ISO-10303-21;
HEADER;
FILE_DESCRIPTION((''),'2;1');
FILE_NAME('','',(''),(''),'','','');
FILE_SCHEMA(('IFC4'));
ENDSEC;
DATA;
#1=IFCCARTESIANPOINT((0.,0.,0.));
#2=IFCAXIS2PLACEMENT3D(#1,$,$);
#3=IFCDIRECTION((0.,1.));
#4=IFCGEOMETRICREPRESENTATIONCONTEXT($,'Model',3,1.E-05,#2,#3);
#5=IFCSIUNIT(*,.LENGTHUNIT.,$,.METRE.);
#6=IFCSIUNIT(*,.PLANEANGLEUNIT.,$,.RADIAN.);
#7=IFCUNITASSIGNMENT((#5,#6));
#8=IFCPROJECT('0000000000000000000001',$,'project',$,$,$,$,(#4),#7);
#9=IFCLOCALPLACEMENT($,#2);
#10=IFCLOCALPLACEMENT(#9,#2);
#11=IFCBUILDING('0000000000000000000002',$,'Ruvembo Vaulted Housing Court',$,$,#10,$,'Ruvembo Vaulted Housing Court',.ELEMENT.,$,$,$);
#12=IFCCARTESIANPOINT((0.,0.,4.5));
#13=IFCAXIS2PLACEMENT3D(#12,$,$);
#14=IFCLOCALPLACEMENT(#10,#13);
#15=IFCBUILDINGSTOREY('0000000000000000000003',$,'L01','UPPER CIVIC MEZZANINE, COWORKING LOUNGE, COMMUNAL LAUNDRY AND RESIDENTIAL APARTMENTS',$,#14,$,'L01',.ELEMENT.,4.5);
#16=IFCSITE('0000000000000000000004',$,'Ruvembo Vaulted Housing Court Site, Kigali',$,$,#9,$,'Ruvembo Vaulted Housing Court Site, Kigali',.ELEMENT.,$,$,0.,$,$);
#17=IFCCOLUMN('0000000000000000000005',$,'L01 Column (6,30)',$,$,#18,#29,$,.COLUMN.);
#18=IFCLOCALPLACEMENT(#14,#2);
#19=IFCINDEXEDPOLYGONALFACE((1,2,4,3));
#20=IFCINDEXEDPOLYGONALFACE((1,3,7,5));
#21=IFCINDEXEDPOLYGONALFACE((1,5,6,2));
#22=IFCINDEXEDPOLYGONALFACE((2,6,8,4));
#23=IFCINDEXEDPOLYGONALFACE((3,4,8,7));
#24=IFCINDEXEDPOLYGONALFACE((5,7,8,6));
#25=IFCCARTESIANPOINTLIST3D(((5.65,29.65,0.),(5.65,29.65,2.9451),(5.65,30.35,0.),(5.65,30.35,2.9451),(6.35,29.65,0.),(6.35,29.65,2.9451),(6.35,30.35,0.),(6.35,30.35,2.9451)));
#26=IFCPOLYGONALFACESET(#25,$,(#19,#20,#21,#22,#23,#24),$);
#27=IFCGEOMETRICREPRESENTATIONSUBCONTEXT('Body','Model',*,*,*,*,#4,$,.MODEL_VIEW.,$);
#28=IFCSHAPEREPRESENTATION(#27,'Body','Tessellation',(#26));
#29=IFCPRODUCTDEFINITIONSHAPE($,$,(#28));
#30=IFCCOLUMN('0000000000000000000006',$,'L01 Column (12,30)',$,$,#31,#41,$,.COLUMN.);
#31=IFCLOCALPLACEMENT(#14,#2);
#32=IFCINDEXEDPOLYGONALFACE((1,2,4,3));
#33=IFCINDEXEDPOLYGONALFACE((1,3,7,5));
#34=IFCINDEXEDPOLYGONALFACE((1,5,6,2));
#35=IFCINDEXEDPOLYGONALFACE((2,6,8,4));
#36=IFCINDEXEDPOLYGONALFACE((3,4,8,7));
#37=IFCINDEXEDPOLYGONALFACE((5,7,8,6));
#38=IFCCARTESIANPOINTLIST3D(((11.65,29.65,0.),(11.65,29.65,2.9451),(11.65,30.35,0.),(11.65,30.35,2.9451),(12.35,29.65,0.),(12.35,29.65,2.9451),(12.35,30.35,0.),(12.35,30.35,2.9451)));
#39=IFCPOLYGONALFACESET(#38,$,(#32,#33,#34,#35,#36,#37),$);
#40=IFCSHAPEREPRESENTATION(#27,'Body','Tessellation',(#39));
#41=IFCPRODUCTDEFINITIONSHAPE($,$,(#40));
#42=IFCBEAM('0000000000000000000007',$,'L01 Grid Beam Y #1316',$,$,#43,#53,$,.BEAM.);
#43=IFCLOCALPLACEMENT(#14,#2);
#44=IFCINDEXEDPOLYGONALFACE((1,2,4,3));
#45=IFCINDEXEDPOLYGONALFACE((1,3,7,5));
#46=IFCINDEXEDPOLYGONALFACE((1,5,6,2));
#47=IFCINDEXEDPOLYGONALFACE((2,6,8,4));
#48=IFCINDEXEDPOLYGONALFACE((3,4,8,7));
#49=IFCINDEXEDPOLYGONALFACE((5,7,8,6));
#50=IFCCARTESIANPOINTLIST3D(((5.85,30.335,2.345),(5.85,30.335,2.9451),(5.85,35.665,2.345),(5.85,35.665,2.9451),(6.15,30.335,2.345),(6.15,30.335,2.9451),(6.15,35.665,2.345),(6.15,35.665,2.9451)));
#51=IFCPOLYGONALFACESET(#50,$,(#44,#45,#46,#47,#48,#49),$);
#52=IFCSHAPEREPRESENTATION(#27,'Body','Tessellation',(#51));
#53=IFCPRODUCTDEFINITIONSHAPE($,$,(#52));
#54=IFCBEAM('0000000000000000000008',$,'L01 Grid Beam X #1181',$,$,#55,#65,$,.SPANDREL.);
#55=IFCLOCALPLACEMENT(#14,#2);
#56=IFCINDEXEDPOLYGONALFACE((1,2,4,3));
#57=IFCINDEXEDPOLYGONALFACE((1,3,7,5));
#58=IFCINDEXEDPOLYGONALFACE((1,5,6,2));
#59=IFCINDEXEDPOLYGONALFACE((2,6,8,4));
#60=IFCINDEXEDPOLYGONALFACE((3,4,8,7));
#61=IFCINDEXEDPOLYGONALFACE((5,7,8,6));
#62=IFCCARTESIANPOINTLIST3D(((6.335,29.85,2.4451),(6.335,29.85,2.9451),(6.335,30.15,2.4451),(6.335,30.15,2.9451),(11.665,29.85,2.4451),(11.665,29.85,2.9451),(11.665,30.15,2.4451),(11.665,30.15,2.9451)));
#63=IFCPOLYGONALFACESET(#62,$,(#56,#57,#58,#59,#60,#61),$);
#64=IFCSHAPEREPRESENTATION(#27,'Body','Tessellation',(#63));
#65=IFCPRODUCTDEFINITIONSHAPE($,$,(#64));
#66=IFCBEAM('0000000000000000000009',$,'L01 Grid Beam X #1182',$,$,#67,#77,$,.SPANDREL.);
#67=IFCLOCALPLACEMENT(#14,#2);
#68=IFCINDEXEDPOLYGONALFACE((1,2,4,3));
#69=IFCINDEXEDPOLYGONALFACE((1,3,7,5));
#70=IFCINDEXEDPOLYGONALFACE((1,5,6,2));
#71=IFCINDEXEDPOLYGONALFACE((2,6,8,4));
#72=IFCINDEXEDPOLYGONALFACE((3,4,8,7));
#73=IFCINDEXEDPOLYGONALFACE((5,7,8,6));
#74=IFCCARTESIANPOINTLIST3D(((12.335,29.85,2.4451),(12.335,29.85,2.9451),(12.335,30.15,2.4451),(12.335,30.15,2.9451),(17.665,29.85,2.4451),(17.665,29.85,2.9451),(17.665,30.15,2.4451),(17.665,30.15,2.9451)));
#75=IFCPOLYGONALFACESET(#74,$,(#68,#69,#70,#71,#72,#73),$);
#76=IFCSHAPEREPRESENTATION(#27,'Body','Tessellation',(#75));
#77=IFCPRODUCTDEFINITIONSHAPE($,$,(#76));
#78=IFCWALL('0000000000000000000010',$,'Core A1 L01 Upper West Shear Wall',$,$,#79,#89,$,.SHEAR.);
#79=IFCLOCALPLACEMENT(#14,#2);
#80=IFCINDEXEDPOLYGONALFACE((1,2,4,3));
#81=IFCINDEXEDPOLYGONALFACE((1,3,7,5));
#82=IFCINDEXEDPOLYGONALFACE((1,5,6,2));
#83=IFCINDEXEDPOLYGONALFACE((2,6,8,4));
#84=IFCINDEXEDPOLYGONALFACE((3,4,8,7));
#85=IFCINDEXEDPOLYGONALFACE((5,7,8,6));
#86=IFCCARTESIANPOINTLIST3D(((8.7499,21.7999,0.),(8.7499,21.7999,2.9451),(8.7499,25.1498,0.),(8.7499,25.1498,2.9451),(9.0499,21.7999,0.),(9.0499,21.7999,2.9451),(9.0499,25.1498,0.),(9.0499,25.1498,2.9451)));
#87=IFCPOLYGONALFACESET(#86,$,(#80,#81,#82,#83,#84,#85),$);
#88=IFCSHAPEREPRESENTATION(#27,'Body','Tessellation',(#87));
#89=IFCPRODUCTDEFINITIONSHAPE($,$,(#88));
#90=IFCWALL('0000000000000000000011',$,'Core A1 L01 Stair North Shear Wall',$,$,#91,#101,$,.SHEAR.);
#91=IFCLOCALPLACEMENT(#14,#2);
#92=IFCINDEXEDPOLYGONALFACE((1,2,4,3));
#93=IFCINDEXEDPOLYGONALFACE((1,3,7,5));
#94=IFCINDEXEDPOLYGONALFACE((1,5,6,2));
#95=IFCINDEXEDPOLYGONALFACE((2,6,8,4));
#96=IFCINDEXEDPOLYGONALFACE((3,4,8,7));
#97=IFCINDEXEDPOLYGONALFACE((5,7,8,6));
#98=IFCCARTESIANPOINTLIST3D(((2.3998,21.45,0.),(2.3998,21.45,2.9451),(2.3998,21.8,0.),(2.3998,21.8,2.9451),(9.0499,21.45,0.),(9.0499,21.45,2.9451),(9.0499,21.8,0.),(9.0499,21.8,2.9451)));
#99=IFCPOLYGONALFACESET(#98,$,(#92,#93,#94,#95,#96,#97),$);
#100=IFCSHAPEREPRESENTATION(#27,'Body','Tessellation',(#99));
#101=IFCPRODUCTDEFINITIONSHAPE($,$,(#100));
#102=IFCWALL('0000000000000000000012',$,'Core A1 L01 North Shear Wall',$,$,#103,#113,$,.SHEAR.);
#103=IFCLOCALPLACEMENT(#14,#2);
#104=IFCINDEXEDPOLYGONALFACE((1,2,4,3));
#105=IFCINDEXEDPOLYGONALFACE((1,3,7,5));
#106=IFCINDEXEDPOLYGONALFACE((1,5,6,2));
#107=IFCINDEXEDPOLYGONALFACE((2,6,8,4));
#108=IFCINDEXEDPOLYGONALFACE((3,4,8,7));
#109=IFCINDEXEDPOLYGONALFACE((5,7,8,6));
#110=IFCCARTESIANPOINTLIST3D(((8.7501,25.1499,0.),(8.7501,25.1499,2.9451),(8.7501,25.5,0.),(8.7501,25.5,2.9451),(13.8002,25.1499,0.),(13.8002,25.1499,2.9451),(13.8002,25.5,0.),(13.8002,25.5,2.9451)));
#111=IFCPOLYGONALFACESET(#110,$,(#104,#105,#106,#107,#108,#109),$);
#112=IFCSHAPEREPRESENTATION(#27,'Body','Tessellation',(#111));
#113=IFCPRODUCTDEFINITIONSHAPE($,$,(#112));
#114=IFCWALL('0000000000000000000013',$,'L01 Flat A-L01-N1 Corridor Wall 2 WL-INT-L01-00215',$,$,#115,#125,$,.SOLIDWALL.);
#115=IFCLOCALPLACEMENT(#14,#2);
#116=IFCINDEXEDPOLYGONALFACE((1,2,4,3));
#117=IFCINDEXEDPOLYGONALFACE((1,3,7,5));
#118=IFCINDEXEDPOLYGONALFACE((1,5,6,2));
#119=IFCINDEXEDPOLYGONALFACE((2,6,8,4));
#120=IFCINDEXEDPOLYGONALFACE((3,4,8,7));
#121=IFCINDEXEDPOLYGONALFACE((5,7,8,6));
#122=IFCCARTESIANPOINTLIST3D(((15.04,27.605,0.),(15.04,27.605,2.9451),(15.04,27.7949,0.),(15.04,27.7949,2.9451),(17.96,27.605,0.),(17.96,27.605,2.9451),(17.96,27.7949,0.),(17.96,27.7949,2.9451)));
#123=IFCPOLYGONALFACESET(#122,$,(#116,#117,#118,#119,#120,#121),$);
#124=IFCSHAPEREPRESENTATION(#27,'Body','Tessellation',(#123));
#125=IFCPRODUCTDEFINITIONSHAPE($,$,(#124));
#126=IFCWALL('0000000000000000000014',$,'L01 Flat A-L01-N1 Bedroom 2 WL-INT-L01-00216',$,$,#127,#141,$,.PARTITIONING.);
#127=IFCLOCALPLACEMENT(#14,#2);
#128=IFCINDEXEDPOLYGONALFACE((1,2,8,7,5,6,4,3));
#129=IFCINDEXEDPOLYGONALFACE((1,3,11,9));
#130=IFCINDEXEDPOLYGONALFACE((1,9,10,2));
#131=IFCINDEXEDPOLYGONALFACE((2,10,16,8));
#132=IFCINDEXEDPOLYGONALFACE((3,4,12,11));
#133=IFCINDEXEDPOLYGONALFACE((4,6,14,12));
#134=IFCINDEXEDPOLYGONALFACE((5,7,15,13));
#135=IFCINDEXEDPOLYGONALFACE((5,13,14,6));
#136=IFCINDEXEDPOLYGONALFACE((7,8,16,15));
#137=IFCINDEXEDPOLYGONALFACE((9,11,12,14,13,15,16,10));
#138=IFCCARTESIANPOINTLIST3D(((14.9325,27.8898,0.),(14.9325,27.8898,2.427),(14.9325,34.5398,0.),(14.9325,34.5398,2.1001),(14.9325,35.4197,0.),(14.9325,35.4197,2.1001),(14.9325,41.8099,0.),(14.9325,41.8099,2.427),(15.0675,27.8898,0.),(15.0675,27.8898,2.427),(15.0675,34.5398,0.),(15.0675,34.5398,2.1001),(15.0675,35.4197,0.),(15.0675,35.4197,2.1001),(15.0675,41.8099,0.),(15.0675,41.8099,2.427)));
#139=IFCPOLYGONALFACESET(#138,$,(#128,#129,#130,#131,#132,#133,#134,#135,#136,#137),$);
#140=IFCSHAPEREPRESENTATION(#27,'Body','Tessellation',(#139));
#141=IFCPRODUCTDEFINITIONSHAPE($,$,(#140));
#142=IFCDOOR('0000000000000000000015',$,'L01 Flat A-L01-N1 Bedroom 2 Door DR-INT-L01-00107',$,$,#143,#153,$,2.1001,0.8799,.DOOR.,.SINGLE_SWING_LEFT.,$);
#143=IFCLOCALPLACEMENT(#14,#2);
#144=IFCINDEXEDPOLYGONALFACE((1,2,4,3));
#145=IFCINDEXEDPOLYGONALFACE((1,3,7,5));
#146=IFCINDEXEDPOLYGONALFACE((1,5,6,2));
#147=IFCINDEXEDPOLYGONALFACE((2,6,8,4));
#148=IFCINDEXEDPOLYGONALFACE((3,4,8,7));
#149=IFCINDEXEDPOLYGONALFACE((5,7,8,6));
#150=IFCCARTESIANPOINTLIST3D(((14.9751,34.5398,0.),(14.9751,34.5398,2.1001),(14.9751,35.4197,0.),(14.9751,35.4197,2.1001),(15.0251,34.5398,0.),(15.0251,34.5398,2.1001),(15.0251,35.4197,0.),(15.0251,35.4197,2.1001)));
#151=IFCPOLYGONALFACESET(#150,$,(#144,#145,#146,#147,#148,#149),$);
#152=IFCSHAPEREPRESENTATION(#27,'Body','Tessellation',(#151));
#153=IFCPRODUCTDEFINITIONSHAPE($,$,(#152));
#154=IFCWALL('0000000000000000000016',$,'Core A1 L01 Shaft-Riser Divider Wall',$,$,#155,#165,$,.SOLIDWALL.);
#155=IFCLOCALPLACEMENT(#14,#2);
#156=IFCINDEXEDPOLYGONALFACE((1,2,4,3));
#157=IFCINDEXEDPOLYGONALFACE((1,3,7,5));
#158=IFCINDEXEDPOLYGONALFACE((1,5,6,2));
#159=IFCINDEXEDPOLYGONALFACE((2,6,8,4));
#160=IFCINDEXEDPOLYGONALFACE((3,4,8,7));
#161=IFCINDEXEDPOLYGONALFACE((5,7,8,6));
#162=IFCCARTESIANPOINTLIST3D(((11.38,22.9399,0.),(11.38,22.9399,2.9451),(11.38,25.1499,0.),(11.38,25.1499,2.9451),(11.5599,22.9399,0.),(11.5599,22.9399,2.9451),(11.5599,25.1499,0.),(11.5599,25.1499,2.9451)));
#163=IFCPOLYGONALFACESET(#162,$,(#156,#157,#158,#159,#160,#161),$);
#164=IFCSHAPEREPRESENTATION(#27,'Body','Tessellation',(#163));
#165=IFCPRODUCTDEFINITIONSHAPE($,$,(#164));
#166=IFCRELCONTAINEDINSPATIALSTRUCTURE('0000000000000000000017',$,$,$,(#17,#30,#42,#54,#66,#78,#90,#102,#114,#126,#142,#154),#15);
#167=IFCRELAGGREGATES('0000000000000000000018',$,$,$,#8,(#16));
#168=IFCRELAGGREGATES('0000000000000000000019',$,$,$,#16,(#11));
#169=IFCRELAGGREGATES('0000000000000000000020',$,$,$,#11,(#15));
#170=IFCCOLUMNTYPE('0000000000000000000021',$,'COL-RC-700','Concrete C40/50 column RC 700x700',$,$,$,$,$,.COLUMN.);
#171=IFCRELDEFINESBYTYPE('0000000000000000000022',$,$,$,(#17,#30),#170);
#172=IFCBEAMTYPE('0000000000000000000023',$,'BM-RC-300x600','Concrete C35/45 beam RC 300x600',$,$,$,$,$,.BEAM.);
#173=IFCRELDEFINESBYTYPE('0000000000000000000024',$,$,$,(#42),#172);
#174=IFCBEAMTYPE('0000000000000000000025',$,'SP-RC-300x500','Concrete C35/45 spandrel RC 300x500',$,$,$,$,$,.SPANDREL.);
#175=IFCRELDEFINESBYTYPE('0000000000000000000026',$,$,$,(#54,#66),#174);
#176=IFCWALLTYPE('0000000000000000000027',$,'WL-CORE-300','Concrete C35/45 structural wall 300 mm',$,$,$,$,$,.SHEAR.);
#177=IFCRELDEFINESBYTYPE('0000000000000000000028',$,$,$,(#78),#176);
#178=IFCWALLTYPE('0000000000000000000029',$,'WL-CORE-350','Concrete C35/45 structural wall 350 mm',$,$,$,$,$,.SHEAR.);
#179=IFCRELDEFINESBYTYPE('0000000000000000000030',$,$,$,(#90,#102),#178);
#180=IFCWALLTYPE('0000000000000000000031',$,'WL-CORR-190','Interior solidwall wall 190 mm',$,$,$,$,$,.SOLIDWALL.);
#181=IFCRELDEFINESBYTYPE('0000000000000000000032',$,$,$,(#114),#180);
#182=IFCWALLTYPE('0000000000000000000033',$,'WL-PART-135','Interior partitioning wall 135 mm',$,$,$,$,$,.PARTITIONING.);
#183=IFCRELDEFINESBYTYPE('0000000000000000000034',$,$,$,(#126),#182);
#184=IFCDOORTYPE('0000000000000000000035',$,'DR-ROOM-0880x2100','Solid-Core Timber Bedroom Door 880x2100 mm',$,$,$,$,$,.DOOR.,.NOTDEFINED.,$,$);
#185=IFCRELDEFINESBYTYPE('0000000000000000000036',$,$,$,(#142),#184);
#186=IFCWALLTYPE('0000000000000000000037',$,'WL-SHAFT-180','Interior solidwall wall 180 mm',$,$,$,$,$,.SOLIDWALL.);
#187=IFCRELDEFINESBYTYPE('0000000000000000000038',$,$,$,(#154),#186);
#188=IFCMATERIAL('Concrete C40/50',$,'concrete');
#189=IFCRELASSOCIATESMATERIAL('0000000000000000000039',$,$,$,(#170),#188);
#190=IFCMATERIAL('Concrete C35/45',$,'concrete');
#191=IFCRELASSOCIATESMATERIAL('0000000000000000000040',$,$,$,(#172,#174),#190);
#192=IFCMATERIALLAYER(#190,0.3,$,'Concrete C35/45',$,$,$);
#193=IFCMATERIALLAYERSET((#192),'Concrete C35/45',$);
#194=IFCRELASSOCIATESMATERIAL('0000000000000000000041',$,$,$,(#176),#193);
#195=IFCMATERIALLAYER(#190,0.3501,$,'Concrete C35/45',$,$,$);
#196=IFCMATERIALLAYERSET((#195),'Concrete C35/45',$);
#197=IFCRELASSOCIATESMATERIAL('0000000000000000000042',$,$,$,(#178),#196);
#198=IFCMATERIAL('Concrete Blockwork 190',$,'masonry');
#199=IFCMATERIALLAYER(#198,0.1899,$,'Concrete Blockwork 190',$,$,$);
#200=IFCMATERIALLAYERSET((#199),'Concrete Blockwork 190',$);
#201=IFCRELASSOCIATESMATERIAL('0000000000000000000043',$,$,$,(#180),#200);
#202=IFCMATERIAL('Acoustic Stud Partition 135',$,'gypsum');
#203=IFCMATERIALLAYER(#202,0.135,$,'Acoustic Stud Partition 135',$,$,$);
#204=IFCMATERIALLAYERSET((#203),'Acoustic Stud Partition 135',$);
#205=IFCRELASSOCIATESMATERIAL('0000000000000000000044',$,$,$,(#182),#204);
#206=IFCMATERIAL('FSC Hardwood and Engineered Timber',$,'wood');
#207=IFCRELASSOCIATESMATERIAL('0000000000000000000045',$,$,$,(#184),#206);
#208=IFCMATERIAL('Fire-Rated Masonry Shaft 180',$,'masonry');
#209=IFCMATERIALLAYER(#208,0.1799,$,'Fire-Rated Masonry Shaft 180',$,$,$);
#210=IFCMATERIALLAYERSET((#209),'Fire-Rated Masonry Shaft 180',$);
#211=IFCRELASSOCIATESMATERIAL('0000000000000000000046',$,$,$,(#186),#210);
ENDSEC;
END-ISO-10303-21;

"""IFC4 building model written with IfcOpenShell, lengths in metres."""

from ifc_helpers import new_model, si_unit, direction, frame, frame_2d, origin, origin_2d, place, context, subcontext, project, spatial, rectangle, extrude, material, layer, layer_set, material_profile, profile_set, type_object, element, fill, save


model = new_model("IFC4")

# Units and contexts
model_context = context("Model", 3, precision=1e-05, world=origin(), true_north=direction((0.0, 1.0)))
body_context = subcontext(model_context, "Body", "Model", "MODEL_VIEW")
ifc_project = project(units=[si_unit("LENGTHUNIT", "METRE"), si_unit("PLANEANGLEUNIT", "RADIAN")], contexts=[model_context])

# Site, building, storey
site_placement = place(None, origin())
site = spatial("IfcSite", under=ifc_project, at=site_placement, Name="Ruvembo Vaulted Housing Court Site, Kigali", LongName="Ruvembo Vaulted Housing Court Site, Kigali", CompositionType="ELEMENT", RefElevation=0.0)
building_placement = place(site_placement, origin())
building = spatial("IfcBuilding", under=site, at=building_placement, Name="Ruvembo Vaulted Housing Court", LongName="Ruvembo Vaulted Housing Court", CompositionType="ELEMENT")
storey_placement = place(building_placement, frame((0.0, 0.0, 4.5)))
storey = spatial("IfcBuildingStorey", under=building, at=storey_placement, Name="L01", Description="UPPER CIVIC MEZZANINE, COWORKING LOUNGE, COMMUNAL LAUNDRY AND RESIDENTIAL APARTMENTS", LongName="L01", CompositionType="ELEMENT", Elevation=4.5)

# Columns
ifc_material_1 = material(Name="Concrete C40/50", Category="concrete")
ifc_material_profile_1 = material_profile(ifc_material_1, rectangle(XDim=0.7, YDim=0.7, at=origin_2d()), Name="RC 700x700")
ifc_profile_set_1 = profile_set([ifc_material_profile_1], Name="Concrete C40/50")
column_type = type_object("IfcColumnType", Name="COL-RC-700", Description="Concrete C40/50 column RC 700x700", PredefinedType="COLUMN", material=ifc_profile_set_1)
for number, where, z_axis, x_axis, name in (
    (1, (6.0, 30.0, 0.0), (0.0, 0.0, 1.0), (1.0, 0.0, 0.0), "L01 Column (6,30)"),
    (2, (12.0, 30.0, 0.0), (0.0, 0.0, 1.0), (1.0, 0.0, 0.0), "L01 Column (12,30)"),
):
    element("IfcColumn", number, at=place(storey_placement, frame(where, z_axis=z_axis, x_axis=x_axis)), inside=storey, type_object=column_type, Name=name, PredefinedType="COLUMN", context=body_context, shape_type="SweptSolid", body=[
        extrude(rectangle(XDim=0.7, YDim=0.7, at=origin_2d()), origin(), (0.0, 0.0, 1.0), 2.9451),
    ])

# Beams
ifc_material_2 = material(Name="Concrete C35/45", Category="concrete")
ifc_material_profile_2 = material_profile(ifc_material_2, rectangle(XDim=0.3, YDim=0.6001, at=origin_2d()), Name="RC 300x600")
ifc_profile_set_2 = profile_set([ifc_material_profile_2], Name="Concrete C35/45")
beam_type_1 = type_object("IfcBeamType", Name="BM-RC-300x600", Description="Concrete C35/45 beam RC 300x600", PredefinedType="BEAM", material=ifc_profile_set_2)
beam_placement = place(storey_placement, frame((6.0, 30.335, 2.645), z_axis=(0.0, 1.0, 0.0), x_axis=(-1.0, 0.0, 0.0)))
element("IfcBeam", 3, at=beam_placement, inside=storey, type_object=beam_type_1, Name="L01 Grid Beam Y #1316", PredefinedType="BEAM", context=body_context, shape_type="SweptSolid", body=[
    extrude(rectangle(XDim=0.3, YDim=0.6001, at=origin_2d()), origin(), (0.0, 0.0, 1.0), 5.3301),
])
ifc_material_profile_3 = material_profile(ifc_material_2, rectangle(XDim=0.3, YDim=0.5, at=origin_2d()), Name="RC 300x500")
ifc_profile_set_3 = profile_set([ifc_material_profile_3], Name="Concrete C35/45")
beam_type_2 = type_object("IfcBeamType", Name="SP-RC-300x500", Description="Concrete C35/45 spandrel RC 300x500", PredefinedType="SPANDREL", material=ifc_profile_set_3)
for number, where, z_axis, x_axis, name in (
    (4, (6.335, 30.0, 2.6951), (1.0, 0.0, 0.0), (0.0, 1.0, 0.0), "L01 Grid Beam X #1181"),
    (5, (12.335, 30.0, 2.6951), (1.0, 0.0, 0.0), (0.0, 1.0, 0.0), "L01 Grid Beam X #1182"),
):
    element("IfcBeam", number, at=place(storey_placement, frame(where, z_axis=z_axis, x_axis=x_axis)), inside=storey, type_object=beam_type_2, Name=name, PredefinedType="SPANDREL", context=body_context, shape_type="SweptSolid", body=[
        extrude(rectangle(XDim=0.3, YDim=0.5, at=origin_2d()), origin(), (0.0, 0.0, 1.0), 5.3301),
    ])

# Walls
ifc_layer_1 = layer(ifc_material_2, 0.3, Name="Concrete C35/45")
ifc_layer_set_1 = layer_set([ifc_layer_1], Name="Concrete C35/45")
wall_type_1 = type_object("IfcWallType", Name="WL-CORE-300", Description="Concrete C35/45 structural wall 300 mm", PredefinedType="SHEAR", material=ifc_layer_set_1)
wall_1_placement = place(storey_placement, frame((8.8999, 21.8, 0.0), z_axis=(0.0, 0.0, 1.0), x_axis=(0.0, 1.0, 0.0)))
element("IfcWall", 6, at=wall_1_placement, inside=storey, type_object=wall_type_1, Name="Core A1 L01 Upper West Shear Wall", PredefinedType="SHEAR", context=body_context, shape_type="SweptSolid", body=[
    extrude(rectangle(XDim=3.3499, YDim=0.3, at=frame_2d((1.6748, 0.0))), origin(), (0.0, 0.0, 1.0), 2.9451),
])
ifc_layer_2 = layer(ifc_material_2, 0.3501, Name="Concrete C35/45")
ifc_layer_set_2 = layer_set([ifc_layer_2], Name="Concrete C35/45")
wall_type_2 = type_object("IfcWallType", Name="WL-CORE-350", Description="Concrete C35/45 structural wall 350 mm", PredefinedType="SHEAR", material=ifc_layer_set_2)
wall_2_placement = place(storey_placement, frame((9.05, 21.625, 0.0), z_axis=(0.0, 0.0, 1.0), x_axis=(-1.0, 0.0, 0.0)))
element("IfcWall", 7, at=wall_2_placement, inside=storey, type_object=wall_type_2, Name="Core A1 L01 Stair North Shear Wall", PredefinedType="SHEAR", context=body_context, shape_type="SweptSolid", body=[
    extrude(rectangle(XDim=6.6501, YDim=0.3501, at=frame_2d((3.3252, 0.0))), origin(), (0.0, 0.0, 1.0), 2.9451),
])
wall_3_placement = place(storey_placement, frame((13.8, 25.325, 0.0), z_axis=(0.0, 0.0, 1.0), x_axis=(-1.0, 0.0, 0.0)))
element("IfcWall", 8, at=wall_3_placement, inside=storey, type_object=wall_type_2, Name="Core A1 L01 North Shear Wall", PredefinedType="SHEAR", context=body_context, shape_type="SweptSolid", body=[
    extrude(rectangle(XDim=5.05, YDim=0.3501, at=frame_2d((2.5249, 0.0))), origin(), (0.0, 0.0, 1.0), 2.9451),
])
ifc_material_3 = material(Name="Concrete Blockwork 190", Category="masonry")
ifc_layer_3 = layer(ifc_material_3, 0.1899, Name="Concrete Blockwork 190")
ifc_layer_set_3 = layer_set([ifc_layer_3], Name="Concrete Blockwork 190")
wall_type_3 = type_object("IfcWallType", Name="WL-CORR-190", Description="Interior solidwall wall 190 mm", PredefinedType="SOLIDWALL", material=ifc_layer_set_3)
wall_4_placement = place(storey_placement, frame((15.04, 27.7, 0.0), z_axis=(0.0, 0.0, 1.0), x_axis=(1.0, 0.0, 0.0)))
element("IfcWall", 9, at=wall_4_placement, inside=storey, type_object=wall_type_3, Name="L01 Flat A-L01-N1 Corridor Wall 2 WL-INT-L01-00215", PredefinedType="SOLIDWALL", context=body_context, shape_type="SweptSolid", body=[
    extrude(rectangle(XDim=2.9199, YDim=0.1899, at=frame_2d((1.46, 0.0))), origin(), (0.0, 0.0, 1.0), 2.9451),
])

# Wall, opening, door
ifc_material_4 = material(Name="Acoustic Stud Partition 135", Category="gypsum")
ifc_layer_4 = layer(ifc_material_4, 0.135, Name="Acoustic Stud Partition 135")
ifc_layer_set_4 = layer_set([ifc_layer_4], Name="Acoustic Stud Partition 135")
wall_type_4 = type_object("IfcWallType", Name="WL-PART-135", Description="Interior partitioning wall 135 mm", PredefinedType="PARTITIONING", material=ifc_layer_set_4)
wall_5_placement = place(storey_placement, frame((15.0, 27.8899, 0.0), z_axis=(0.0, 0.0, 1.0), x_axis=(0.0, 1.0, 0.0)))
wall_5 = element("IfcWall", 10, at=wall_5_placement, inside=storey, type_object=wall_type_4, Name="L01 Flat A-L01-N1 Bedroom 2 WL-INT-L01-00216", PredefinedType="PARTITIONING", context=body_context, shape_type="SweptSolid", body=[
    extrude(rectangle(XDim=13.9202, YDim=0.135, at=frame_2d((6.96, 0.0))), origin(), (0.0, 0.0, 1.0), 2.427),
])
opening_1_placement = place(wall_5_placement, frame((6.6499, 0.0, 0.0)))
opening_1 = element("IfcOpeningElement", 11, at=opening_1_placement, cuts=wall_5, PredefinedType="OPENING", context=body_context, shape_type="SweptSolid", body=[
    extrude(rectangle(XDim=0.8799, YDim=2.1001, at=frame_2d((0.4399, 1.05))), frame((0.0, 0.0774, 0.0), z_axis=(0.0, -1.0, 0.0), x_axis=(1.0, 0.0, 0.0)), (0.0, 0.0, 1.0), 0.155),
])
ifc_material_5 = material(Name="FSC Hardwood and Engineered Timber", Category="wood")
door_type_1 = type_object("IfcDoorType", Name="DR-ROOM-0880x2100", Description="Solid-Core Timber Bedroom Door 880x2100 mm", OperationType="NOTDEFINED", PredefinedType="DOOR", material=ifc_material_5)
door_1_placement = place(opening_1_placement, origin())
door_1 = element("IfcDoor", 12, at=door_1_placement, inside=storey, type_object=door_type_1, Name="L01 Flat A-L01-N1 Bedroom 2 Door DR-INT-L01-00107", OperationType="SINGLE_SWING_LEFT", OverallHeight=2.1001, OverallWidth=0.8799, PredefinedType="DOOR", context=body_context, shape_type="SweptSolid", body=[
    extrude(rectangle(XDim=0.8799, YDim=2.1001, at=frame_2d((0.4399, 1.05))), frame((0.0, 0.0249, 0.0), z_axis=(0.0, -1.0, 0.0), x_axis=(1.0, 0.0, 0.0)), (0.0, 0.0, 1.0), 0.05),
])
fill(opening_1, door_1)

# Shared definitions
ifc_material_6 = material(Name="Fire-Rated Masonry Shaft 180", Category="masonry")
ifc_layer_5 = layer(ifc_material_6, 0.1799, Name="Fire-Rated Masonry Shaft 180")
ifc_layer_set_5 = layer_set([ifc_layer_5], Name="Fire-Rated Masonry Shaft 180")
wall_type_5 = type_object("IfcWallType", Name="WL-SHAFT-180", Description="Interior solidwall wall 180 mm", PredefinedType="SOLIDWALL", material=ifc_layer_set_5)

# Wall
wall_6_placement = place(storey_placement, frame((11.47, 22.9399, 0.0), z_axis=(0.0, 0.0, 1.0), x_axis=(0.0, 1.0, 0.0)))
element("IfcWall", 13, at=wall_6_placement, inside=storey, type_object=wall_type_5, Name="Core A1 L01 Shaft-Riser Divider Wall", PredefinedType="SOLIDWALL", context=body_context, shape_type="SweptSolid", body=[
    extrude(rectangle(XDim=2.21, YDim=0.1799, at=frame_2d((1.105, 0.0))), origin(), (0.0, 0.0, 1.0), 2.9451),
])

save(model, "model.ifc")
